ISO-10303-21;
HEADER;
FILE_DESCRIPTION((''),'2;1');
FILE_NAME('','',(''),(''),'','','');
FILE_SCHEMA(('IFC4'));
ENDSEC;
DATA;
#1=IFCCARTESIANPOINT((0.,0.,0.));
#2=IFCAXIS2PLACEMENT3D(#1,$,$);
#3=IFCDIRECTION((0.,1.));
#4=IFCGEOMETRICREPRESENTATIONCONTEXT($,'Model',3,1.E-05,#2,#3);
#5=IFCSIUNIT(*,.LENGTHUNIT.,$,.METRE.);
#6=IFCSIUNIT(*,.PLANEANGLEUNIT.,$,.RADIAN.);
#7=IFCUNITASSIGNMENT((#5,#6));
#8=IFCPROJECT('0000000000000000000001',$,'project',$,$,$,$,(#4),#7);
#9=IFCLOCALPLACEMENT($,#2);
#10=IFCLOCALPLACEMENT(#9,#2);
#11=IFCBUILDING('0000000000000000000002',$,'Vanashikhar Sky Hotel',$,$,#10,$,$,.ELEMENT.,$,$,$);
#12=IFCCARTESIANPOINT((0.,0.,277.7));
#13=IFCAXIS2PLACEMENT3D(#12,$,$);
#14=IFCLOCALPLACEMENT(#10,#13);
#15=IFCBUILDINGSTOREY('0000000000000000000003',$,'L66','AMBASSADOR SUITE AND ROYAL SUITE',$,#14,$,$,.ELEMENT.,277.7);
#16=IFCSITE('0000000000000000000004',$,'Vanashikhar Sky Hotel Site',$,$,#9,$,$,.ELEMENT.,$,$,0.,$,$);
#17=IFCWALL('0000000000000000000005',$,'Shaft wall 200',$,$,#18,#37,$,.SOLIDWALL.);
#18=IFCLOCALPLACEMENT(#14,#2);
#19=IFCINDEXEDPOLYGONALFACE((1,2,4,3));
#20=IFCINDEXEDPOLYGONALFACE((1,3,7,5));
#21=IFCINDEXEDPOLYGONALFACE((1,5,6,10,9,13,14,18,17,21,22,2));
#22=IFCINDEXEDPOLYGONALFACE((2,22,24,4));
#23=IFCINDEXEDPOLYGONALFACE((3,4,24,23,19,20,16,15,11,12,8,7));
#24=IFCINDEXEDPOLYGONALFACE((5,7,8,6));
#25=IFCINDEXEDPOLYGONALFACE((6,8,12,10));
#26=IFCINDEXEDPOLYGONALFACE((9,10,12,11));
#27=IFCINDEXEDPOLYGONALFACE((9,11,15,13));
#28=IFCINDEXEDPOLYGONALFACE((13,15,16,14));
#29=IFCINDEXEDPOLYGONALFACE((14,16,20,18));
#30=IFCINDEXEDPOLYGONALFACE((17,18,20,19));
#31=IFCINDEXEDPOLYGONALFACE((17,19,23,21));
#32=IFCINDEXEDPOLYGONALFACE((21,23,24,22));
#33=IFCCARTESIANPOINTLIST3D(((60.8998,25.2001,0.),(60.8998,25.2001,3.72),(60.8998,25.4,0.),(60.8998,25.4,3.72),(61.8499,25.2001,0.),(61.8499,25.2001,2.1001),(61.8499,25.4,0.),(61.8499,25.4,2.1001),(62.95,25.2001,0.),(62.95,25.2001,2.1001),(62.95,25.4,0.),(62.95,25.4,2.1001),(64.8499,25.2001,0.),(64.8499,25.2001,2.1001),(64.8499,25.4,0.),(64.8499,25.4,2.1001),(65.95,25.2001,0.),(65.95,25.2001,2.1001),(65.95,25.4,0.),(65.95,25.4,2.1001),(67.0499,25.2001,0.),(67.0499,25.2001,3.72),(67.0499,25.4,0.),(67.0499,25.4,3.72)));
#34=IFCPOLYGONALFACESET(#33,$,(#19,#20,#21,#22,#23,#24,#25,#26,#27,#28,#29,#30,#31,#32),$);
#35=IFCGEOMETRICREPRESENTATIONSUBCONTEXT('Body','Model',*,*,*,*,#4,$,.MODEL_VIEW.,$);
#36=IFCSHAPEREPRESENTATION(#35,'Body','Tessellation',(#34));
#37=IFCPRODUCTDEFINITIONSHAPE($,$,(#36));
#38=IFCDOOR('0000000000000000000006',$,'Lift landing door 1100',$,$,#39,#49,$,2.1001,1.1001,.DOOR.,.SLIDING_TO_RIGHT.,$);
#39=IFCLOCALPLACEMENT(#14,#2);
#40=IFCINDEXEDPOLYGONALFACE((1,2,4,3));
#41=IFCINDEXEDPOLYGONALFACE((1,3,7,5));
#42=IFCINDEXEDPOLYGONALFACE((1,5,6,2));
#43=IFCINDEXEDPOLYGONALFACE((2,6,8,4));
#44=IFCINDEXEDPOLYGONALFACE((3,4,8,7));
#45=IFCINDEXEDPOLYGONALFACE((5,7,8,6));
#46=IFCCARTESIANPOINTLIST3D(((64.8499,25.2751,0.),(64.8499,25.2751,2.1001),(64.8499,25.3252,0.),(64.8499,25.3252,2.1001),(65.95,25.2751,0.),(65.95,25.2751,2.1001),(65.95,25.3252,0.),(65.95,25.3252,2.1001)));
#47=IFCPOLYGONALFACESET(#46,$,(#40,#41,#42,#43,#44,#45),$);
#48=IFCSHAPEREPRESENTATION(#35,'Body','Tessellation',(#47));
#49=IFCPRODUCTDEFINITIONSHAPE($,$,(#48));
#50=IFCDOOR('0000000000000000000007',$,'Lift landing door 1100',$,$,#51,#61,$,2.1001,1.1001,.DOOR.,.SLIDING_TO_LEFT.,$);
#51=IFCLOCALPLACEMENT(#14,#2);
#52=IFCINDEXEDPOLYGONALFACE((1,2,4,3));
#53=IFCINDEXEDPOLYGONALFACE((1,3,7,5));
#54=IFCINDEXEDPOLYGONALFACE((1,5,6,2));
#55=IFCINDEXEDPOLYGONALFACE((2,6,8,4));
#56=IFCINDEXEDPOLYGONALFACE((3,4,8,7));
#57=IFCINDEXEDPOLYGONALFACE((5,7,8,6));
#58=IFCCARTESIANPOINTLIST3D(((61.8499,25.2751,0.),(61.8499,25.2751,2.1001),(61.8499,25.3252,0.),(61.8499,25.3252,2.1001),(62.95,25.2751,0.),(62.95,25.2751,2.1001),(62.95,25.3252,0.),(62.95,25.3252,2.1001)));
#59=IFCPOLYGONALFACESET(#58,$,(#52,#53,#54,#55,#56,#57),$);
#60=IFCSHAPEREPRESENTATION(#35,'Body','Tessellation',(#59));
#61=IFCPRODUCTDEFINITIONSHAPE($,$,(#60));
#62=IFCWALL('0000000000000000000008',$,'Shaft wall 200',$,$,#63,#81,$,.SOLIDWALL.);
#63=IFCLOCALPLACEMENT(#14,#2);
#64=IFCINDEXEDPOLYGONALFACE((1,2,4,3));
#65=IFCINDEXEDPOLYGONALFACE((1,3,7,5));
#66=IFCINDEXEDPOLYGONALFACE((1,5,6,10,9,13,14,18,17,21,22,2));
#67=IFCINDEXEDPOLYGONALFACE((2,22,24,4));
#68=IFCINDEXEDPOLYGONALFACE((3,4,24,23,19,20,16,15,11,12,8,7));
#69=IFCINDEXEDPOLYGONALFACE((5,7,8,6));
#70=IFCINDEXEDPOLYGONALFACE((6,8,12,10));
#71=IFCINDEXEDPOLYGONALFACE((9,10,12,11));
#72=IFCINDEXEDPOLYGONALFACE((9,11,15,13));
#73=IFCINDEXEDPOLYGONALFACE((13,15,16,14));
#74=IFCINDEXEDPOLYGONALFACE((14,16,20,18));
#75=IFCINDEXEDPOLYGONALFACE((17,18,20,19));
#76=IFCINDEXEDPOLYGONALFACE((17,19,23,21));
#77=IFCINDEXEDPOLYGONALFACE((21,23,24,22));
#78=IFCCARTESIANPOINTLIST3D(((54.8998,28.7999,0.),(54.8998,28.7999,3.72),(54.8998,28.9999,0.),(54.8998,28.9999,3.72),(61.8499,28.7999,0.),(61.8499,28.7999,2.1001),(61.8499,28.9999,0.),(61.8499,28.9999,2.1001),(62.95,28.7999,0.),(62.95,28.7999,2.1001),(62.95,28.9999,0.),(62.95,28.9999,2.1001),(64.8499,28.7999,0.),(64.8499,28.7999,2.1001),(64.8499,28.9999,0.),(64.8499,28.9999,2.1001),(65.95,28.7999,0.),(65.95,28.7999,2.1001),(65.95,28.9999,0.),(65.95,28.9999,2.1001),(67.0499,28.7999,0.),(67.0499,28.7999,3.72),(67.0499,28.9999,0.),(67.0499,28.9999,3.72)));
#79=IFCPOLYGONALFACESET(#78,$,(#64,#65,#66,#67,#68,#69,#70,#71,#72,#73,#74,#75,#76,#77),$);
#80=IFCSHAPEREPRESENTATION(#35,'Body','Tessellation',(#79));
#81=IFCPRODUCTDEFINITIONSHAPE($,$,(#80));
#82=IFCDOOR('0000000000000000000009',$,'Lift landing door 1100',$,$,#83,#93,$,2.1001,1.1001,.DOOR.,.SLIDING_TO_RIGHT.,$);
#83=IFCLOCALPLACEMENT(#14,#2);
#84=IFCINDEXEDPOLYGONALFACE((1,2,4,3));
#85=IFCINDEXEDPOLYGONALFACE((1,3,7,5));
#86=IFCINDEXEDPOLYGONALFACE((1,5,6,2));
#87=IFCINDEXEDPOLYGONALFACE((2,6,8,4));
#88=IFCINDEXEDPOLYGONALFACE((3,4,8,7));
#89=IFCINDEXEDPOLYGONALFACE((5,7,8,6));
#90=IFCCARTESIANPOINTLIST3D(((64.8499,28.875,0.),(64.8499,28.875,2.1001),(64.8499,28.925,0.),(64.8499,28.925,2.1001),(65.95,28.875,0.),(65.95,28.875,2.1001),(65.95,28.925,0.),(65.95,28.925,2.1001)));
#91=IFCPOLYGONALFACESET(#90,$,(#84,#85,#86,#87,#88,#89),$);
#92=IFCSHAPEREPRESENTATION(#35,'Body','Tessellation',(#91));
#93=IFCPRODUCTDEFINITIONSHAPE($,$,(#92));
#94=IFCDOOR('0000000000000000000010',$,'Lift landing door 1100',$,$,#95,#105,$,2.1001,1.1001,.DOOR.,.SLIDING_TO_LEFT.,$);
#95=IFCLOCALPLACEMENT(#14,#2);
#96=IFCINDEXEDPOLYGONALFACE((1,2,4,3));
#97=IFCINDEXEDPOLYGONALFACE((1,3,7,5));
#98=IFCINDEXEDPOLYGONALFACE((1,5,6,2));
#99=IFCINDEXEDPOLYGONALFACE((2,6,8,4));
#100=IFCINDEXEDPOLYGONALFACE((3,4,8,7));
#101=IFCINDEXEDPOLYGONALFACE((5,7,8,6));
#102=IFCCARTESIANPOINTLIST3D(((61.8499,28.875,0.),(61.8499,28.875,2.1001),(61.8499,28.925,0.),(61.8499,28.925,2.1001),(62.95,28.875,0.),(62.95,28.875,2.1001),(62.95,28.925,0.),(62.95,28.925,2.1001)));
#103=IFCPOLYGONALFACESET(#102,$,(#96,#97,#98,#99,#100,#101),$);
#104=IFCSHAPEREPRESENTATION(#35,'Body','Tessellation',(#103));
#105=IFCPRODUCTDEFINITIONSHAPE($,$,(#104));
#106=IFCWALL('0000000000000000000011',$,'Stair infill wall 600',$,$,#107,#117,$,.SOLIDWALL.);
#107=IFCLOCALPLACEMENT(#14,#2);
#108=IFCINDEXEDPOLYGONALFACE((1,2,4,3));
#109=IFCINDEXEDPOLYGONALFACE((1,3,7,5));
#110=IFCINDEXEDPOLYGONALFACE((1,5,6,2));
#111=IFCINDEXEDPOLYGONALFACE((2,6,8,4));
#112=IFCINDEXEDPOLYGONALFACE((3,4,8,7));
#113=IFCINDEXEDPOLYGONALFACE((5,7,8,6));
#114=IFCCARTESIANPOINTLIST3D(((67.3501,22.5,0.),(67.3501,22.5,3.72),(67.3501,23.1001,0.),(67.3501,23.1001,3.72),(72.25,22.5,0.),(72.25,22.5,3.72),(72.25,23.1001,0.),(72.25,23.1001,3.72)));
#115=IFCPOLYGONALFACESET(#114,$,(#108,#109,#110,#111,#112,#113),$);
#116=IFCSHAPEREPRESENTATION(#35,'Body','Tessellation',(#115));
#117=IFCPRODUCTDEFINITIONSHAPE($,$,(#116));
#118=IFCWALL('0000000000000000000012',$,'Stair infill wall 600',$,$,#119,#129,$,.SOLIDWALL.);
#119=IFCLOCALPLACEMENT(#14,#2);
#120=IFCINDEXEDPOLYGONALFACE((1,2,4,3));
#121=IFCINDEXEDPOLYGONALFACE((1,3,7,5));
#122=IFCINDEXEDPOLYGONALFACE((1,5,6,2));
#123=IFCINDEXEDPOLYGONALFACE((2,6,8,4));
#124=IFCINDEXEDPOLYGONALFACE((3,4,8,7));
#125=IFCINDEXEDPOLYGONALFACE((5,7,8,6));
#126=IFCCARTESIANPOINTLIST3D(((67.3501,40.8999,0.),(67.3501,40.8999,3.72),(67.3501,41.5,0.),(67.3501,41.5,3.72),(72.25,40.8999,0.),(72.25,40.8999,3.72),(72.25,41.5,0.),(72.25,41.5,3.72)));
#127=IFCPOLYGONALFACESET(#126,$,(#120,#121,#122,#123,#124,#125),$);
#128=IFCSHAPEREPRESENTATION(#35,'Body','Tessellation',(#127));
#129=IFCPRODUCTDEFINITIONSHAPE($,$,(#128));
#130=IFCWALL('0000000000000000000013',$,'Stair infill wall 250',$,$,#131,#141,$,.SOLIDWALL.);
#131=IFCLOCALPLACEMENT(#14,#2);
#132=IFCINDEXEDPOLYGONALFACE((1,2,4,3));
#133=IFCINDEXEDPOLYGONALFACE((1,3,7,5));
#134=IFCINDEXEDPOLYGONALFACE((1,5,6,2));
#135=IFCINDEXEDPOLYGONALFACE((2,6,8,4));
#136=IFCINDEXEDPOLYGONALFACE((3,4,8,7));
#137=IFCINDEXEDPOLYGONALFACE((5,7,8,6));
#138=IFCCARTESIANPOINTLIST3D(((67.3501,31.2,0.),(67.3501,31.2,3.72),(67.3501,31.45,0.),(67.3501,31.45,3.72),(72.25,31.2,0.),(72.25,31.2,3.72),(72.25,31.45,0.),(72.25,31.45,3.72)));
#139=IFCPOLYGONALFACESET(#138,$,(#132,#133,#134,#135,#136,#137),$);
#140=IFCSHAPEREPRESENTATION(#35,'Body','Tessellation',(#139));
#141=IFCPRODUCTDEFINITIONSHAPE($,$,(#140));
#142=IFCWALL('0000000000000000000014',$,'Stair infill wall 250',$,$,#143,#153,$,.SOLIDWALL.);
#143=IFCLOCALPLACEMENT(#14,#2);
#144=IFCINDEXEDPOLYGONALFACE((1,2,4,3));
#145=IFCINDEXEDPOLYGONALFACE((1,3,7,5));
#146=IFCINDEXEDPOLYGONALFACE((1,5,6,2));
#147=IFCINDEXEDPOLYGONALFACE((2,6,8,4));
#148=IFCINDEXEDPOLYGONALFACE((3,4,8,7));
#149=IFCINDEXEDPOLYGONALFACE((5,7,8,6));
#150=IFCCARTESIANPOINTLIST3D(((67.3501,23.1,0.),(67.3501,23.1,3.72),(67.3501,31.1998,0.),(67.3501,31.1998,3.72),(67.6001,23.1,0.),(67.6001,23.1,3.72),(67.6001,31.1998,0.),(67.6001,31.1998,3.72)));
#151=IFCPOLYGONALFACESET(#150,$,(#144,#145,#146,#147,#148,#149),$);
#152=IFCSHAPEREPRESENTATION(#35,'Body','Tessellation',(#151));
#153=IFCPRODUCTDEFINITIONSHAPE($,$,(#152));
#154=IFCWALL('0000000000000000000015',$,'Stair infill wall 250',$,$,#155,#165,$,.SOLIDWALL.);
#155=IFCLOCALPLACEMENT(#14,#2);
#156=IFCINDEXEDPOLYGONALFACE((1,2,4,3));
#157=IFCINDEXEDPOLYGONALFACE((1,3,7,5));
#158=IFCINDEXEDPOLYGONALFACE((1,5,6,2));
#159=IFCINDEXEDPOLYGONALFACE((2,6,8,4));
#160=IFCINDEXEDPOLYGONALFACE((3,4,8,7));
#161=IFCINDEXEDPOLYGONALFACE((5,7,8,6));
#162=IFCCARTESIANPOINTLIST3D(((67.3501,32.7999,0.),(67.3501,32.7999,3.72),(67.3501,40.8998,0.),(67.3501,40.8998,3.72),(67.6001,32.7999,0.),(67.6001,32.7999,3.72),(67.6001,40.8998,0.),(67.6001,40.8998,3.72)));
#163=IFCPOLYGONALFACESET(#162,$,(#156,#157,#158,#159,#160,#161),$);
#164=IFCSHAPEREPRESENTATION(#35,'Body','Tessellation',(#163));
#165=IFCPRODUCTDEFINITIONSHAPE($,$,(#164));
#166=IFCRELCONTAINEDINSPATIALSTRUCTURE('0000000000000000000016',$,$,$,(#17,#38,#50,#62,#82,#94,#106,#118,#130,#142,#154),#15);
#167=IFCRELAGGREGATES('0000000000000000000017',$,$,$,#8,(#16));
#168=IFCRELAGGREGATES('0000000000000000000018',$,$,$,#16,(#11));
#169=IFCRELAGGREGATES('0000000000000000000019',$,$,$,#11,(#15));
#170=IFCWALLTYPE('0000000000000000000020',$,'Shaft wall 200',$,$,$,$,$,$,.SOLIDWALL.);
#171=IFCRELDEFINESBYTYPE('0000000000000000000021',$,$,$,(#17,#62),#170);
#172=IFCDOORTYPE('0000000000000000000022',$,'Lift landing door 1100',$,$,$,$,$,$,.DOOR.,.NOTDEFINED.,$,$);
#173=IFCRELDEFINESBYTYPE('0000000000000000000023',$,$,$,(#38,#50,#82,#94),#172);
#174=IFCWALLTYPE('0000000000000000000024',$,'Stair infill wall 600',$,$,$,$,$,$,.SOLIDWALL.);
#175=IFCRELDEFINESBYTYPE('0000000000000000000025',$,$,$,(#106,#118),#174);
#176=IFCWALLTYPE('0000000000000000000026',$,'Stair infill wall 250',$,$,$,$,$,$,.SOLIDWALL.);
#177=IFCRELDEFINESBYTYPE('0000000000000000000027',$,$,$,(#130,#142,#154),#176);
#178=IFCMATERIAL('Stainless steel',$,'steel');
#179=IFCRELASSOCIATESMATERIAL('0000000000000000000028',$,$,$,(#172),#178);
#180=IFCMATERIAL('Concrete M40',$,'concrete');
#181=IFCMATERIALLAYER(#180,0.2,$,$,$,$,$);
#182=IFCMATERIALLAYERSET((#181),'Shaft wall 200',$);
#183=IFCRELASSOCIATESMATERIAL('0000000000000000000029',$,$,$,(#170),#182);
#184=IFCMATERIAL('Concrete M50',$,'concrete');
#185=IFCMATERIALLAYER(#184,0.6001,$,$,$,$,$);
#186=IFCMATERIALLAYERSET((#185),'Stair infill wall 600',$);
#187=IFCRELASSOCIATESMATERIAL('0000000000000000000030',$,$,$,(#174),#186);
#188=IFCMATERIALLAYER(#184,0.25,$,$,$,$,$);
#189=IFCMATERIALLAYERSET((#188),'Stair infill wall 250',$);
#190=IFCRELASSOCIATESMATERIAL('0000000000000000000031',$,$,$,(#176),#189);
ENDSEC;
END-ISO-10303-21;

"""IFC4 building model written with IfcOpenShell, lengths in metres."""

from ifc_helpers import new_model, si_unit, direction, frame, frame_2d, origin, place, context, subcontext, project, spatial, rectangle, extrude, source, transform, mapped, material, layer, layer_set, type_object, element, fill, save


model = new_model("IFC4")

# Units and contexts
model_context = context("Model", 3, precision=1e-05, world=origin(), true_north=direction((0.0, 1.0)))
body_context = subcontext(model_context, "Body", "Model", "MODEL_VIEW")
ifc_project = project(units=[si_unit("LENGTHUNIT", "METRE"), si_unit("PLANEANGLEUNIT", "RADIAN")], contexts=[model_context])

# Site, building, storey
site_placement = place(None, origin())
site = spatial("IfcSite", under=ifc_project, at=site_placement, Name="Vanashikhar Sky Hotel Site", CompositionType="ELEMENT", RefElevation=0.0)
building_placement = place(site_placement, origin())
building = spatial("IfcBuilding", under=site, at=building_placement, Name="Vanashikhar Sky Hotel", CompositionType="ELEMENT")
storey_placement = place(building_placement, frame((0.0, 0.0, 277.7)))
storey = spatial("IfcBuildingStorey", under=building, at=storey_placement, Name="L66", Description="AMBASSADOR SUITE AND ROYAL SUITE", CompositionType="ELEMENT", Elevation=277.7)

# Shared definitions
ifc_material_1 = material(Name="Concrete M50", Category="concrete")

# Shared definitions
ifc_material_2 = material(Name="Stainless steel", Category="steel")
door_type_1 = type_object("IfcDoorType", Name="Lift landing door 1100", OperationType="NOTDEFINED", PredefinedType="DOOR", material=ifc_material_2)
shared_shape_1 = source(origin(), body_context, "Body", "SweptSolid", [
    extrude(rectangle(XDim=1.1001, YDim=2.1001, at=frame_2d((0.55, 1.05))), frame((0.0, 0.0249, 0.0), z_axis=(0.0, -1.0, 0.0), x_axis=(1.0, 0.0, 0.0)), (0.0, 0.0, 1.0), 0.05),
])

# Walls, openings, doors
ifc_material_3 = material(Name="Concrete M40", Category="concrete")
ifc_layer_1 = layer(ifc_material_3, 0.2)
ifc_layer_set_1 = layer_set([ifc_layer_1], Name="Shaft wall 200")
wall_type_1 = type_object("IfcWallType", Name="Shaft wall 200", PredefinedType="SOLIDWALL", material=ifc_layer_set_1)
shared_shape_2 = source(origin(), body_context, "Body", "SweptSolid", [
    extrude(rectangle(XDim=6.1501, YDim=0.2, at=frame_2d((3.0752, 0.0))), origin(), (0.0, 0.0, 1.0), 3.72),
])
wall_1_placement = place(storey_placement, frame((67.05, 25.3, 0.0), z_axis=(0.0, 0.0, 1.0), x_axis=(-1.0, 0.0, 0.0)))
wall_1 = element("IfcWall", 1, at=wall_1_placement, inside=storey, type_object=wall_type_1, Name="Shaft wall 200", PredefinedType="SOLIDWALL", context=body_context, shape_type="MappedRepresentation", body=[
    mapped(shared_shape_2, transform((0.0, 0.0, 0.0), scale=1.0)),
])
shared_shape_3 = source(origin(), body_context, "Body", "SweptSolid", [
    extrude(rectangle(XDim=1.1001, YDim=2.1001, at=frame_2d((0.55, 1.05))), frame((0.0, 0.1099, 0.0), z_axis=(0.0, -1.0, 0.0), x_axis=(1.0, 0.0, 0.0)), (0.0, 0.0, 1.0), 0.22),
])
opening_1_placement = place(wall_1_placement, frame((1.1001, 0.0, 0.0)))
opening_1 = element("IfcOpeningElement", 2, at=opening_1_placement, cuts=wall_1, PredefinedType="OPENING", context=body_context, shape_type="MappedRepresentation", body=[
    mapped(shared_shape_3, transform((0.0, 0.0, 0.0), scale=1.0)),
])
opening_2_placement = place(wall_1_placement, frame((4.1001, 0.0, 0.0)))
opening_2 = element("IfcOpeningElement", 3, at=opening_2_placement, cuts=wall_1, PredefinedType="OPENING", context=body_context, shape_type="MappedRepresentation", body=[
    mapped(shared_shape_3, transform((0.0, 0.0, 0.0), scale=1.0)),
])
door_1_placement = place(opening_1_placement, origin())
door_1 = element("IfcDoor", 4, at=door_1_placement, inside=storey, type_object=door_type_1, Name="Lift landing door 1100", OperationType="SLIDING_TO_RIGHT", OverallHeight=2.1001, OverallWidth=1.1001, PredefinedType="DOOR", context=body_context, shape_type="MappedRepresentation", body=[
    mapped(shared_shape_1, transform((0.0, 0.0, 0.0), scale=1.0)),
])
fill(opening_1, door_1)
door_2_placement = place(opening_2_placement, origin())
door_2 = element("IfcDoor", 5, at=door_2_placement, inside=storey, type_object=door_type_1, Name="Lift landing door 1100", OperationType="SLIDING_TO_LEFT", OverallHeight=2.1001, OverallWidth=1.1001, PredefinedType="DOOR", context=body_context, shape_type="MappedRepresentation", body=[
    mapped(shared_shape_1, transform((0.0, 0.0, 0.0), scale=1.0)),
])
fill(opening_2, door_2)
shared_shape_4 = source(origin(), body_context, "Body", "SweptSolid", [
    extrude(rectangle(XDim=12.1501, YDim=0.2, at=frame_2d((6.0752, 0.0))), origin(), (0.0, 0.0, 1.0), 3.72),
])
wall_2_placement = place(storey_placement, frame((67.05, 28.8999, 0.0), z_axis=(0.0, 0.0, 1.0), x_axis=(-1.0, 0.0, 0.0)))
wall_2 = element("IfcWall", 6, at=wall_2_placement, inside=storey, type_object=wall_type_1, Name="Shaft wall 200", PredefinedType="SOLIDWALL", context=body_context, shape_type="MappedRepresentation", body=[
    mapped(shared_shape_4, transform((0.0, 0.0, 0.0), scale=1.0)),
])
opening_3_placement = place(wall_2_placement, frame((1.1001, 0.0, 0.0)))
opening_3 = element("IfcOpeningElement", 7, at=opening_3_placement, cuts=wall_2, PredefinedType="OPENING", context=body_context, shape_type="MappedRepresentation", body=[
    mapped(shared_shape_3, transform((0.0, 0.0, 0.0), scale=1.0)),
])
opening_4_placement = place(wall_2_placement, frame((4.1001, 0.0, 0.0)))
opening_4 = element("IfcOpeningElement", 8, at=opening_4_placement, cuts=wall_2, PredefinedType="OPENING", context=body_context, shape_type="MappedRepresentation", body=[
    mapped(shared_shape_3, transform((0.0, 0.0, 0.0), scale=1.0)),
])
door_3_placement = place(opening_3_placement, origin())
door_3 = element("IfcDoor", 9, at=door_3_placement, inside=storey, type_object=door_type_1, Name="Lift landing door 1100", OperationType="SLIDING_TO_RIGHT", OverallHeight=2.1001, OverallWidth=1.1001, PredefinedType="DOOR", context=body_context, shape_type="MappedRepresentation", body=[
    mapped(shared_shape_1, transform((0.0, 0.0, 0.0), scale=1.0)),
])
fill(opening_3, door_3)
door_4_placement = place(opening_4_placement, origin())
door_4 = element("IfcDoor", 10, at=door_4_placement, inside=storey, type_object=door_type_1, Name="Lift landing door 1100", OperationType="SLIDING_TO_LEFT", OverallHeight=2.1001, OverallWidth=1.1001, PredefinedType="DOOR", context=body_context, shape_type="MappedRepresentation", body=[
    mapped(shared_shape_1, transform((0.0, 0.0, 0.0), scale=1.0)),
])
fill(opening_4, door_4)

# Walls
ifc_layer_2 = layer(ifc_material_1, 0.6001)
ifc_layer_set_2 = layer_set([ifc_layer_2], Name="Stair infill wall 600")
wall_type_2 = type_object("IfcWallType", Name="Stair infill wall 600", PredefinedType="SOLIDWALL", material=ifc_layer_set_2)
shared_shape_5 = source(origin(), body_context, "Body", "SweptSolid", [
    extrude(rectangle(XDim=4.8999, YDim=0.6001, at=frame_2d((2.45, 0.0))), origin(), (0.0, 0.0, 1.0), 3.72),
])
for number, where, z_axis, x_axis, name in (
    (11, (67.3501, 22.8, 0.0), (0.0, 0.0, 1.0), (1.0, 0.0, 0.0), "Stair infill wall 600"),
    (12, (67.3501, 41.2, 0.0), (0.0, 0.0, 1.0), (1.0, 0.0, 0.0), "Stair infill wall 600"),
):
    element("IfcWall", number, at=place(storey_placement, frame(where, z_axis=z_axis, x_axis=x_axis)), inside=storey, type_object=wall_type_2, Name=name, PredefinedType="SOLIDWALL", context=body_context, shape_type="MappedRepresentation", body=[
        mapped(shared_shape_5, transform((0.0, 0.0, 0.0), scale=1.0)),
    ])
ifc_layer_3 = layer(ifc_material_1, 0.25)
ifc_layer_set_3 = layer_set([ifc_layer_3], Name="Stair infill wall 250")
wall_type_3 = type_object("IfcWallType", Name="Stair infill wall 250", PredefinedType="SOLIDWALL", material=ifc_layer_set_3)
shared_shape_6 = source(origin(), body_context, "Body", "SweptSolid", [
    extrude(rectangle(XDim=4.8999, YDim=0.25, at=frame_2d((2.45, 0.0))), origin(), (0.0, 0.0, 1.0), 3.72),
])
wall_3_placement = place(storey_placement, frame((67.3501, 31.325, 0.0), z_axis=(0.0, 0.0, 1.0), x_axis=(1.0, 0.0, 0.0)))
element("IfcWall", 13, at=wall_3_placement, inside=storey, type_object=wall_type_3, Name="Stair infill wall 250", PredefinedType="SOLIDWALL", context=body_context, shape_type="MappedRepresentation", body=[
    mapped(shared_shape_6, transform((0.0, 0.0, 0.0), scale=1.0)),
])
shared_shape_7 = source(origin(), body_context, "Body", "SweptSolid", [
    extrude(rectangle(XDim=8.0999, YDim=0.25, at=frame_2d((4.0498, 0.0))), origin(), (0.0, 0.0, 1.0), 3.72),
])
for number, where, z_axis, x_axis, name in (
    (14, (67.4751, 23.1001, 0.0), (0.0, 0.0, 1.0), (0.0, 1.0, 0.0), "Stair infill wall 250"),
    (15, (67.4751, 32.8, 0.0), (0.0, 0.0, 1.0), (0.0, 1.0, 0.0), "Stair infill wall 250"),
):
    element("IfcWall", number, at=place(storey_placement, frame(where, z_axis=z_axis, x_axis=x_axis)), inside=storey, type_object=wall_type_3, Name=name, PredefinedType="SOLIDWALL", context=body_context, shape_type="MappedRepresentation", body=[
        mapped(shared_shape_7, transform((0.0, 0.0, 0.0), scale=1.0)),
    ])

save(model, "model.ifc")
